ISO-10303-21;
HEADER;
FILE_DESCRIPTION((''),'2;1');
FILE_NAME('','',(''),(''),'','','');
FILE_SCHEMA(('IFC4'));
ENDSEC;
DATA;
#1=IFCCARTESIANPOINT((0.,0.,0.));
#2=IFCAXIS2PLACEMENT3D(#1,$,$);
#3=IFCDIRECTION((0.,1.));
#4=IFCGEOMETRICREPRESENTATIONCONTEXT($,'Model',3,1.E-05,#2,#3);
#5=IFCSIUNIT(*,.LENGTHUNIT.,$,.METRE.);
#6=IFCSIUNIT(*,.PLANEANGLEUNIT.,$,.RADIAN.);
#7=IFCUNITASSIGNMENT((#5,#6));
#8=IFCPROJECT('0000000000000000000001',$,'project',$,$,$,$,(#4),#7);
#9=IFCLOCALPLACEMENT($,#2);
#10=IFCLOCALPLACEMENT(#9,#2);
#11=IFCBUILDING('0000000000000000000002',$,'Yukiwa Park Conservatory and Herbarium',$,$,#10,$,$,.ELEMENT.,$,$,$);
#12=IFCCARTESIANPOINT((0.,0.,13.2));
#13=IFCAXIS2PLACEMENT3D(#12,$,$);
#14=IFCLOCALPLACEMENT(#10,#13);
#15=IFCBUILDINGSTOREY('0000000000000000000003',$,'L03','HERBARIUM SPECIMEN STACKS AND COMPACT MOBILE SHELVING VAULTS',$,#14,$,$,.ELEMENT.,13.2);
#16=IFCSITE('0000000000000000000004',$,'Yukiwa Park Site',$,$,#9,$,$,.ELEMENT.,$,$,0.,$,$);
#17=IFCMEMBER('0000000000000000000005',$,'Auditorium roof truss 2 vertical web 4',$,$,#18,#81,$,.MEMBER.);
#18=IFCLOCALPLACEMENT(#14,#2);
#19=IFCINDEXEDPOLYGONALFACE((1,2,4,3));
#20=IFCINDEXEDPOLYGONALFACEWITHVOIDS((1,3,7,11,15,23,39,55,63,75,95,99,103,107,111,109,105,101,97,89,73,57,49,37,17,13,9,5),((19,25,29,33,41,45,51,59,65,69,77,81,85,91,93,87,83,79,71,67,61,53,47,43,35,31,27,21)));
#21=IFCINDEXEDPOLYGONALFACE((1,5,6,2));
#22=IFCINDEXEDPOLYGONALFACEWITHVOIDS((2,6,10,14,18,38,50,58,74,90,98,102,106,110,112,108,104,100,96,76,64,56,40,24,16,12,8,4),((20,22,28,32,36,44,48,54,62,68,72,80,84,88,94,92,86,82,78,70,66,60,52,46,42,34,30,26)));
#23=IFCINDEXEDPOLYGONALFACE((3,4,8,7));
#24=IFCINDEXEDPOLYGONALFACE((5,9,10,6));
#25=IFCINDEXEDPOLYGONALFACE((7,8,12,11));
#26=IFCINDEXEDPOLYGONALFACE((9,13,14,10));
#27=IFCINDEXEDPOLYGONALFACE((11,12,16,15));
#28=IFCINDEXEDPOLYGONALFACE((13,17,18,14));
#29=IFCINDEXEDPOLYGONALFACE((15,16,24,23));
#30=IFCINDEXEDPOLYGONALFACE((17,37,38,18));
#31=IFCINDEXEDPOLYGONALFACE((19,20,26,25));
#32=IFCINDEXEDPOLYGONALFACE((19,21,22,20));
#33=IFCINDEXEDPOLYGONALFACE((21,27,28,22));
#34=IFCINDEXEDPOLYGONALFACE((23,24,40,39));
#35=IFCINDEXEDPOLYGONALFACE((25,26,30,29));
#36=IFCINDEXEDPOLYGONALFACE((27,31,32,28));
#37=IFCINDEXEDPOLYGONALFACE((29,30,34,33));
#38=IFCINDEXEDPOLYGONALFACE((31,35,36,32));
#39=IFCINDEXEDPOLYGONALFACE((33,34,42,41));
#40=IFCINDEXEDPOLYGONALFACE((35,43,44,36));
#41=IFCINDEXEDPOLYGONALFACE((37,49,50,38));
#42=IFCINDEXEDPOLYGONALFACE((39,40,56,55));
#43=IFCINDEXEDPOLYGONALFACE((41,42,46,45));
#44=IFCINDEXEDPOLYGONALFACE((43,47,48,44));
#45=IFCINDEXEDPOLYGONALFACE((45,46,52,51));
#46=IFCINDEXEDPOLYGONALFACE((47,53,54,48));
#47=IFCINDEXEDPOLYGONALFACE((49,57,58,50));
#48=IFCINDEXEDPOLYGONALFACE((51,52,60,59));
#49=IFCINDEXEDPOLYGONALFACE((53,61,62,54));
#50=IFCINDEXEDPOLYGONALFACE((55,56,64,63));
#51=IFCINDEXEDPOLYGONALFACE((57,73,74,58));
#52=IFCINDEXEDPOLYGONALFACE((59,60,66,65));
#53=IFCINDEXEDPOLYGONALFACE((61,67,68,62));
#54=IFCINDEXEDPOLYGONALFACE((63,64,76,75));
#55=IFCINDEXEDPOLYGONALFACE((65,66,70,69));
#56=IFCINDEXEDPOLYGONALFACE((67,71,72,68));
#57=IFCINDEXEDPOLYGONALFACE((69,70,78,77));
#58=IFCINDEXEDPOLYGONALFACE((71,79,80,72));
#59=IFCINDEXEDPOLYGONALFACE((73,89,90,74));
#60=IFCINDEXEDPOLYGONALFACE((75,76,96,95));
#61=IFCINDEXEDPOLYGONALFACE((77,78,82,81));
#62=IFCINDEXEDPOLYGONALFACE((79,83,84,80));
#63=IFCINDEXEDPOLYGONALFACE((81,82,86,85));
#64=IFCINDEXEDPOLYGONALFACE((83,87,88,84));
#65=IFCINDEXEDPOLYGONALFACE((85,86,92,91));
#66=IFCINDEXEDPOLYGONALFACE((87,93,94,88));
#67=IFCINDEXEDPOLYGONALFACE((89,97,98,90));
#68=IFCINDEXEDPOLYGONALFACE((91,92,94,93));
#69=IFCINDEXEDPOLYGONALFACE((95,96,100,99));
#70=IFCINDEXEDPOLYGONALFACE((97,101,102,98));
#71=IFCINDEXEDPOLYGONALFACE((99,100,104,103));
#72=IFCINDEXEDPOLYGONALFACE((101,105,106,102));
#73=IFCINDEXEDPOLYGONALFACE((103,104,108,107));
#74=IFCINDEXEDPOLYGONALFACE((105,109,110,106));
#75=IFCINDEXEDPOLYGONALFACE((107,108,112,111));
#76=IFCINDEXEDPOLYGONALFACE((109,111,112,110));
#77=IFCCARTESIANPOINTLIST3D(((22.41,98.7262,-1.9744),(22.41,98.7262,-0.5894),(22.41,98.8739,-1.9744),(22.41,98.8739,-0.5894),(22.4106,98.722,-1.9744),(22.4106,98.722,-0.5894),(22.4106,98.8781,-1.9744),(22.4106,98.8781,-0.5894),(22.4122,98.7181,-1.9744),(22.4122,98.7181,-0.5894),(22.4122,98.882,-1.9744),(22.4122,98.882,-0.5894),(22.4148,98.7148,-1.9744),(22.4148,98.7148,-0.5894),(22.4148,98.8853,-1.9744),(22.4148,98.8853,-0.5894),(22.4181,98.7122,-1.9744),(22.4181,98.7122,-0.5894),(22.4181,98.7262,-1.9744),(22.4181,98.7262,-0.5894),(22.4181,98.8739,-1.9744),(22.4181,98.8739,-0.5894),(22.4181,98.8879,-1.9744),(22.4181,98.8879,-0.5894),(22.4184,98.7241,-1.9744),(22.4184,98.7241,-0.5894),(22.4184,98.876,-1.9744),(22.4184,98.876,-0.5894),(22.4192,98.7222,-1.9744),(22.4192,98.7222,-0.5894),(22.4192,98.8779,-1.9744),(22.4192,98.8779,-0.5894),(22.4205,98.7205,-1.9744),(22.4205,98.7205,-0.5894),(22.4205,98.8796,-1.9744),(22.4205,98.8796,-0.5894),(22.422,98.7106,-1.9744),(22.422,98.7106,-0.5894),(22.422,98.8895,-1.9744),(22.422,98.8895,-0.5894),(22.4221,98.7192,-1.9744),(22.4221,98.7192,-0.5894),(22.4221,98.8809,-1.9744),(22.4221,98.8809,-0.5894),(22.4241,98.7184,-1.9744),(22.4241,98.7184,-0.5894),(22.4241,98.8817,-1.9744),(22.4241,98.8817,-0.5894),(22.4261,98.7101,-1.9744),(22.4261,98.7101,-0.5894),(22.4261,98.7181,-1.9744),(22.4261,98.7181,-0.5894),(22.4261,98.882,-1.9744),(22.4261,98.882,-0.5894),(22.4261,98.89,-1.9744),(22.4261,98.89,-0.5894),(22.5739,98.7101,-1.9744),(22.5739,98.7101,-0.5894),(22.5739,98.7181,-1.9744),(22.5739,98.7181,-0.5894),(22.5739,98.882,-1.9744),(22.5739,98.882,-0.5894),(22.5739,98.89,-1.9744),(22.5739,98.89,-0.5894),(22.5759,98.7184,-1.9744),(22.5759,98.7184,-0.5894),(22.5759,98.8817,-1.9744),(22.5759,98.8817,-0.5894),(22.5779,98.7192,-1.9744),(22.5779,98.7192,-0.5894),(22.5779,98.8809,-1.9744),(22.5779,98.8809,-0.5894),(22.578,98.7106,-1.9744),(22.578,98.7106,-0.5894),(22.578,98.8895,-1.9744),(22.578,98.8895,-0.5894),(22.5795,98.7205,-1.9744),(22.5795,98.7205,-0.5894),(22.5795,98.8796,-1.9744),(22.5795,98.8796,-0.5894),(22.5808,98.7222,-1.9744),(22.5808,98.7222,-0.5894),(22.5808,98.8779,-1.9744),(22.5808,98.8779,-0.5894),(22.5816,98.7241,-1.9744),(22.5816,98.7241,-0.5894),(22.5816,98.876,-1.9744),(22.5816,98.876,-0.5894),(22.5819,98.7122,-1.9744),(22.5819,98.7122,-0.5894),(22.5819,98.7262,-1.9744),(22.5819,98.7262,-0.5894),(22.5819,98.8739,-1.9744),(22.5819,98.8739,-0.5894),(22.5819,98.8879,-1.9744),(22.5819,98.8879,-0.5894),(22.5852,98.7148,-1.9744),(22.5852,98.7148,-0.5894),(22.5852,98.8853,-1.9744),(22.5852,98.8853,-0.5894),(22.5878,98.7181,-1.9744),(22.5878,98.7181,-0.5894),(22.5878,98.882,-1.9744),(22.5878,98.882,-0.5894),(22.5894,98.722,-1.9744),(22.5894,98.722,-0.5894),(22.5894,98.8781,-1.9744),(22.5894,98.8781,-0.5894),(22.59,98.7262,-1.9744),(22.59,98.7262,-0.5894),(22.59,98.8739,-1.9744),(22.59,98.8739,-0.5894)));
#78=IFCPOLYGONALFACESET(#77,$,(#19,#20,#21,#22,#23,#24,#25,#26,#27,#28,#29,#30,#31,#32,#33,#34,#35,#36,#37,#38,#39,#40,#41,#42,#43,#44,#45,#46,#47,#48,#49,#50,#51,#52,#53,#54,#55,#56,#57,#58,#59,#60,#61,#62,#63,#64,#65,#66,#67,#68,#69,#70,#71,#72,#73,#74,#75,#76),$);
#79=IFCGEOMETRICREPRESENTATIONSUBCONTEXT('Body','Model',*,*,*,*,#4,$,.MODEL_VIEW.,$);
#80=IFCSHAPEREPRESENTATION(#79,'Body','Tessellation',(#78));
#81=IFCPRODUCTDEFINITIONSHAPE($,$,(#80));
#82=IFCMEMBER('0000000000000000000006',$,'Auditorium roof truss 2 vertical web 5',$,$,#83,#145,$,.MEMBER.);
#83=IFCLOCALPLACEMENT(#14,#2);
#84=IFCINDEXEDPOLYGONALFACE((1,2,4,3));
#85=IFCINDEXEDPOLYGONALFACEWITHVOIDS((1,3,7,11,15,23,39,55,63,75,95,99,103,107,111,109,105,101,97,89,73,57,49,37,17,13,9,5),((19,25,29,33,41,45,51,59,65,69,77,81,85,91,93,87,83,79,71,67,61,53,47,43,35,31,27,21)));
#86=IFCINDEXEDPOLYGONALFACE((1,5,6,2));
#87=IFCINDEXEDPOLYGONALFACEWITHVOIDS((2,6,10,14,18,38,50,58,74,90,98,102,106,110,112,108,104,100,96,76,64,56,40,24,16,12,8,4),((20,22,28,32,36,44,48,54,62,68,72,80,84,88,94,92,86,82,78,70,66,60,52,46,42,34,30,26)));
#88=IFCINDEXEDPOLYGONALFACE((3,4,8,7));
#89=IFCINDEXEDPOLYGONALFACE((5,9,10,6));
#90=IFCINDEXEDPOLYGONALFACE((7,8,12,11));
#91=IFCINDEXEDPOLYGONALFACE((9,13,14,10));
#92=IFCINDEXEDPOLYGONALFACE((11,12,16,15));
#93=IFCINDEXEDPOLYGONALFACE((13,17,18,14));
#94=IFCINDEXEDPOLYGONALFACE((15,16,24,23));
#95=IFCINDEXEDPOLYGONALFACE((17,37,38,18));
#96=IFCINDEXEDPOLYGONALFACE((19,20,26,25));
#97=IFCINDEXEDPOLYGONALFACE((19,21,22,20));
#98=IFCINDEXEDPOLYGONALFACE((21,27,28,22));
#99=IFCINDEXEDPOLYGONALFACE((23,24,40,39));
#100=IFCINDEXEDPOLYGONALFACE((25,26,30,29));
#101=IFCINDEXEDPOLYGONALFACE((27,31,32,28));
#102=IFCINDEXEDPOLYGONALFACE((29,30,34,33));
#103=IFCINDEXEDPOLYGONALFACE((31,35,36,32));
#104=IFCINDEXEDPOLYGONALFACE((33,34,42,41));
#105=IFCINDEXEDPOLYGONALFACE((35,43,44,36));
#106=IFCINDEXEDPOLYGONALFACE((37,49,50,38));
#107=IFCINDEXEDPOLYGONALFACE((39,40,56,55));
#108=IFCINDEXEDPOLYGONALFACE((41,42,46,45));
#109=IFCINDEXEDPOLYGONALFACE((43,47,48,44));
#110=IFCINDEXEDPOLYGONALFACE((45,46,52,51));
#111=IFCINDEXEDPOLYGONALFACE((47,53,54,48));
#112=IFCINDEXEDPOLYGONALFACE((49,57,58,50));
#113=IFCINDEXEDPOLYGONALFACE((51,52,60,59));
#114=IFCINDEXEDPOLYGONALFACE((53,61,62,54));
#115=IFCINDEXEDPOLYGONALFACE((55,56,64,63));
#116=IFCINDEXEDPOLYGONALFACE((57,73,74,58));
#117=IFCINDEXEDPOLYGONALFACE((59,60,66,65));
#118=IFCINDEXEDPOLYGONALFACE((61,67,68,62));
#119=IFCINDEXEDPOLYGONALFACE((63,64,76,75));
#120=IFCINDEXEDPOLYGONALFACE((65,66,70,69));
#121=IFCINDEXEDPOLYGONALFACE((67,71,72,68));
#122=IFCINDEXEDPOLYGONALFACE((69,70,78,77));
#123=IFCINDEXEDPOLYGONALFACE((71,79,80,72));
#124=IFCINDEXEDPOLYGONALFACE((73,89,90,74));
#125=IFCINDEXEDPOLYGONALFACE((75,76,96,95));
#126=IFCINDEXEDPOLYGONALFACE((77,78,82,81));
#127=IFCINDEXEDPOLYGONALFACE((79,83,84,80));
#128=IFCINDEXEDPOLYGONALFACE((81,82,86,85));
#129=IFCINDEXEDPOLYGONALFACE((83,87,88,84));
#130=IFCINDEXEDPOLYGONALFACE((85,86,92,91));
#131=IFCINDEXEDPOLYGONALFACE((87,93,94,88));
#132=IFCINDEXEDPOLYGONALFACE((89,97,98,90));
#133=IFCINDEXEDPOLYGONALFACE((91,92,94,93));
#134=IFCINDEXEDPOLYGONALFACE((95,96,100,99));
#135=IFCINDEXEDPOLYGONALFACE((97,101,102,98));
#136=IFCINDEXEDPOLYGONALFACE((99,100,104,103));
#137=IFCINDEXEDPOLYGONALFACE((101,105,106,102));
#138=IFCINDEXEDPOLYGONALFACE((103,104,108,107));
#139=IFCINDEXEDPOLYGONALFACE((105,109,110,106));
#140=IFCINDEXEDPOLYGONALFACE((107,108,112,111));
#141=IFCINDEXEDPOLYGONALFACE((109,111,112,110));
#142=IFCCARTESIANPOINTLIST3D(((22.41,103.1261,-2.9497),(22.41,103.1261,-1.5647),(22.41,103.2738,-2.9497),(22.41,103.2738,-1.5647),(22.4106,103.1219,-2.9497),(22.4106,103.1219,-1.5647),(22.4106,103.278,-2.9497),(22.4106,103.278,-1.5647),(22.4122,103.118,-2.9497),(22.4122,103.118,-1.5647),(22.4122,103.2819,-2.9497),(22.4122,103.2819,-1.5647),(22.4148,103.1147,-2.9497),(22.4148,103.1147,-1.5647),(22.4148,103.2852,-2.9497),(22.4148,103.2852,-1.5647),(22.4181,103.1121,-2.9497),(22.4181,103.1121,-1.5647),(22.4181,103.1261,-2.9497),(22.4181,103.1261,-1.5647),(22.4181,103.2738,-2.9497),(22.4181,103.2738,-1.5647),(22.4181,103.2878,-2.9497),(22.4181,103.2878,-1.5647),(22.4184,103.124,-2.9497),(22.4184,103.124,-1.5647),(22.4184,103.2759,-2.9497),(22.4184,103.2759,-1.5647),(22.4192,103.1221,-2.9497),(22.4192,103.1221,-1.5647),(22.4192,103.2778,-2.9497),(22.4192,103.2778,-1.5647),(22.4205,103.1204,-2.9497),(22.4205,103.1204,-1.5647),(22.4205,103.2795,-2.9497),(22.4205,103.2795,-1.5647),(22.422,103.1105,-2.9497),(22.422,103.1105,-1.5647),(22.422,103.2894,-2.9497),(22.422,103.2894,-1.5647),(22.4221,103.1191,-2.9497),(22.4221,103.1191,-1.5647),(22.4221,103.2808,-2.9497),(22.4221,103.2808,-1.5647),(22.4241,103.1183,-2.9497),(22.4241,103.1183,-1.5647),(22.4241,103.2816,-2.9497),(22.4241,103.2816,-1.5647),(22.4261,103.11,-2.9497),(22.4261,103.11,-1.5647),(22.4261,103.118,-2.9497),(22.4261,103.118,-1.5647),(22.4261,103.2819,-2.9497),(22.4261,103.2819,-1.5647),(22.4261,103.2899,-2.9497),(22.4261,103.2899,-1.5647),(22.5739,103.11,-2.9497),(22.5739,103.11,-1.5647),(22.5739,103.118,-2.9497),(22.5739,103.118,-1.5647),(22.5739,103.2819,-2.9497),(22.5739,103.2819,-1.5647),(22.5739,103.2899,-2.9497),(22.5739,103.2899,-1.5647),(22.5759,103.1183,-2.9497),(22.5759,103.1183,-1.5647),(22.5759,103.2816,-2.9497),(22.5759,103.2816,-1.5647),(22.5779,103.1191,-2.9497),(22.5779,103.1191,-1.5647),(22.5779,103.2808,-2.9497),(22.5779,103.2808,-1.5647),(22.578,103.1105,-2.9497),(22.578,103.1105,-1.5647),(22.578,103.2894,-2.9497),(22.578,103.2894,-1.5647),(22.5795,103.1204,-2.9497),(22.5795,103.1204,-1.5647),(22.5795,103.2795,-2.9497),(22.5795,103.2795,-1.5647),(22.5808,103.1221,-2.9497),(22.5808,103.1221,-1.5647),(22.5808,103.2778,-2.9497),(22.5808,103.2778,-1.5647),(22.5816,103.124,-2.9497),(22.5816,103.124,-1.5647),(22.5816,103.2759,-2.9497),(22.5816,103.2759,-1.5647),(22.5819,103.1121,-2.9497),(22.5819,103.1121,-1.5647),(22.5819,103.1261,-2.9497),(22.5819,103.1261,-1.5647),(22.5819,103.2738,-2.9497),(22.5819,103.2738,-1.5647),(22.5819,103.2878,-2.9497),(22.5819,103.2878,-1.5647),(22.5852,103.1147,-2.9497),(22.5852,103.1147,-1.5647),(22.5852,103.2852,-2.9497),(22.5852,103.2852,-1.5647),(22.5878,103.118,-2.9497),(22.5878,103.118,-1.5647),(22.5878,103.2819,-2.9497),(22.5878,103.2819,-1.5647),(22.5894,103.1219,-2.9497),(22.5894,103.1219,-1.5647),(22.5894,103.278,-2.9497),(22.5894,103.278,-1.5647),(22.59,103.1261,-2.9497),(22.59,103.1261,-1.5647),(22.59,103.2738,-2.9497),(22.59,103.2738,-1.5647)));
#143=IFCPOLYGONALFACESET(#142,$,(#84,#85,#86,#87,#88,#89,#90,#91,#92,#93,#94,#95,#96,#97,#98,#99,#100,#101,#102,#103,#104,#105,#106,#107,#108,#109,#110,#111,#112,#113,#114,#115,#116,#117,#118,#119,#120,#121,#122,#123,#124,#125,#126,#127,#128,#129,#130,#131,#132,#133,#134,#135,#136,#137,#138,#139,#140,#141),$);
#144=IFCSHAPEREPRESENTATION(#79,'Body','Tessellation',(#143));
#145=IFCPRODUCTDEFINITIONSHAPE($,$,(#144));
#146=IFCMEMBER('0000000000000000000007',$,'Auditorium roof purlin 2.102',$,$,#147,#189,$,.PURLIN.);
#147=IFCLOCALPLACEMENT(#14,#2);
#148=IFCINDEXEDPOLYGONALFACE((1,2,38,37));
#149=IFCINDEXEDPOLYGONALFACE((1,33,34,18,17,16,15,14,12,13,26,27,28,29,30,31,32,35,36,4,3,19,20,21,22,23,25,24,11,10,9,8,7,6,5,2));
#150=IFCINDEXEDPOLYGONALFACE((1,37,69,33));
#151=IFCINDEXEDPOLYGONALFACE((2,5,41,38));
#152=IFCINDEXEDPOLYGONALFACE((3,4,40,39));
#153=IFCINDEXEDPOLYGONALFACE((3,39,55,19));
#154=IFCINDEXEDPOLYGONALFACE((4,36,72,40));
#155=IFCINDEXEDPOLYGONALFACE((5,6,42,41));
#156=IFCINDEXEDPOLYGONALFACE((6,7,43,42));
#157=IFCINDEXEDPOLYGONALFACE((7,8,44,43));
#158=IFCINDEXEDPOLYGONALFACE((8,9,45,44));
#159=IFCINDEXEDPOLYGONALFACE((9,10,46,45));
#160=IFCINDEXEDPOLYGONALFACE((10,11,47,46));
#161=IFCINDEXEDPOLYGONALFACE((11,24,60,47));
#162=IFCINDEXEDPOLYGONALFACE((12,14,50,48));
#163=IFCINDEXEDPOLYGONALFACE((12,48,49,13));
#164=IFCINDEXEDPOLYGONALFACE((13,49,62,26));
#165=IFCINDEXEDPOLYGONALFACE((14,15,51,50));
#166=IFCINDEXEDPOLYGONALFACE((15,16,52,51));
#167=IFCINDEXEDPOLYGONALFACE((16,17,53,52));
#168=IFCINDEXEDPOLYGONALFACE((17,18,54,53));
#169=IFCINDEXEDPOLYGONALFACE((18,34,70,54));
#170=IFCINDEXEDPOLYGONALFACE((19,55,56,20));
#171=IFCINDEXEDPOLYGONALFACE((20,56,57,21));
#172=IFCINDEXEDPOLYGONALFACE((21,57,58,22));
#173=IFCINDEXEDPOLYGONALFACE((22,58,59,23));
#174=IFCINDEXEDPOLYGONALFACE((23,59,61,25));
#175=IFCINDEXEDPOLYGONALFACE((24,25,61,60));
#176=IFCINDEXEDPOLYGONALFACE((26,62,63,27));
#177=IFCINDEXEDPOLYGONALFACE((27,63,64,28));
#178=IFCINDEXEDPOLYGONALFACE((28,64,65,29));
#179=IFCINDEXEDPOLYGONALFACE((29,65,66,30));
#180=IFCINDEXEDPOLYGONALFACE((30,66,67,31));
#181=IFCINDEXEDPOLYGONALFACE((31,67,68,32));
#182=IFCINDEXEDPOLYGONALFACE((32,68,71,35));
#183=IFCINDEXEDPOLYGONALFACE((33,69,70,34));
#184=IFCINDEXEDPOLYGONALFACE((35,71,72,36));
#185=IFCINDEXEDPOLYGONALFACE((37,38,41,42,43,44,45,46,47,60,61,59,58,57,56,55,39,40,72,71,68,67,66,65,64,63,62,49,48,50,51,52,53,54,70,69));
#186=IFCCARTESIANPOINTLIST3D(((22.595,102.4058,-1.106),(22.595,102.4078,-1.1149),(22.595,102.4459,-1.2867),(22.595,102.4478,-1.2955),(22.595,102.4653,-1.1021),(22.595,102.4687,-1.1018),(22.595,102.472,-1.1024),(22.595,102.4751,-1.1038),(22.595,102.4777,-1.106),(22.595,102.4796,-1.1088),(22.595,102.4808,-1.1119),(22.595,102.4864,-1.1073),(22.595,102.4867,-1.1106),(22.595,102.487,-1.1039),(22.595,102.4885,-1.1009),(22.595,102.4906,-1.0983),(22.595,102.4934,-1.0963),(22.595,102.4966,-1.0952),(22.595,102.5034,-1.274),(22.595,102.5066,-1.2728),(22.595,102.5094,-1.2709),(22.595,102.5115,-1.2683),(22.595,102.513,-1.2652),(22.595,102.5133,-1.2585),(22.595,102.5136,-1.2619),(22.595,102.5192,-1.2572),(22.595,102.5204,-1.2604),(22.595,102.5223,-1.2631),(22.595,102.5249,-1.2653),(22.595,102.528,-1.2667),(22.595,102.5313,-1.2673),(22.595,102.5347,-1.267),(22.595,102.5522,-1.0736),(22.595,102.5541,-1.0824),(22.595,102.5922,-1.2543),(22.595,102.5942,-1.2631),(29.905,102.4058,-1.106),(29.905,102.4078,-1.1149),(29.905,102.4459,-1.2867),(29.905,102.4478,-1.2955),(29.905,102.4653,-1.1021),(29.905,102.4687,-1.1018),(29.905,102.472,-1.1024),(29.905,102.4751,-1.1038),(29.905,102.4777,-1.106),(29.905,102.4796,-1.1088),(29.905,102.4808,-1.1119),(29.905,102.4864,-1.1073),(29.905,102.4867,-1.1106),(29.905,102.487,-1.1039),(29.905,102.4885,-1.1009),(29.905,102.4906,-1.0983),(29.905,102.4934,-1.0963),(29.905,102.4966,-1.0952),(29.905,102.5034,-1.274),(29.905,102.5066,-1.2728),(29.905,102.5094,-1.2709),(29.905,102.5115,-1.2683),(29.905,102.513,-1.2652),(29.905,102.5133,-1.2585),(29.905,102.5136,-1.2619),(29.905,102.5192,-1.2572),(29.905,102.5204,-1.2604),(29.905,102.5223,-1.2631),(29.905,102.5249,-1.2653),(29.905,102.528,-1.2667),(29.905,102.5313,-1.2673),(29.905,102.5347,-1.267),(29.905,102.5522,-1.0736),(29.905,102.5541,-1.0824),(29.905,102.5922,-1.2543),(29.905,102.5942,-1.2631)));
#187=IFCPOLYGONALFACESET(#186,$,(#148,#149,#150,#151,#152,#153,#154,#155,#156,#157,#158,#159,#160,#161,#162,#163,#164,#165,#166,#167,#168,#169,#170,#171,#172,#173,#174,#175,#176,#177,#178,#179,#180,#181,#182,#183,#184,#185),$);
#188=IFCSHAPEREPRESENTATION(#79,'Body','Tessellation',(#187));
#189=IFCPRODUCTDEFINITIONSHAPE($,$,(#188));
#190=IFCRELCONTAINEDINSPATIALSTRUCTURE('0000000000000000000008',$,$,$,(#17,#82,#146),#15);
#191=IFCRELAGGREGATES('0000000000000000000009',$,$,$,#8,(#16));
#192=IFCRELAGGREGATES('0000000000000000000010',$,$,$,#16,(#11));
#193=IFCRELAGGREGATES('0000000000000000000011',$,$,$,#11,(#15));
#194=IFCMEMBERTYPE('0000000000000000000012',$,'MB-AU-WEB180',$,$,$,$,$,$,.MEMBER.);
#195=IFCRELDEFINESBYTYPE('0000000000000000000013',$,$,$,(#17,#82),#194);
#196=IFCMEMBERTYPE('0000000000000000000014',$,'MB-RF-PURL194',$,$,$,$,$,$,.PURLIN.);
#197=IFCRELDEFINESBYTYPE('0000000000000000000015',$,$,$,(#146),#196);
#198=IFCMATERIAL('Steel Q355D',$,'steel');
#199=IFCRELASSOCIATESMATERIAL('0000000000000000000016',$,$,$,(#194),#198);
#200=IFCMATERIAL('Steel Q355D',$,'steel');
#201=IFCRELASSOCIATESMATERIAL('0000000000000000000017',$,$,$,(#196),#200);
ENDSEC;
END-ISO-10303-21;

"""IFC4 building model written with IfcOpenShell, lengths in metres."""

from ifc_helpers import new_model, si_unit, direction, frame, origin, origin_2d, place, context, subcontext, project, spatial, hollow_rectangle, i_section, extrude, material, material_profile, profile_set, type_object, element, save


model = new_model("IFC4")

# Units and contexts
model_context = context("Model", 3, precision=1e-05, world=origin(), true_north=direction((0.0, 1.0)))
body_context = subcontext(model_context, "Body", "Model", "MODEL_VIEW")
ifc_project = project(units=[si_unit("LENGTHUNIT", "METRE"), si_unit("PLANEANGLEUNIT", "RADIAN")], contexts=[model_context])

# Site, building, storey
site_placement = place(None, origin())
site = spatial("IfcSite", under=ifc_project, at=site_placement, Name="Yukiwa Park Site", CompositionType="ELEMENT", RefElevation=0.0)
building_placement = place(site_placement, origin())
building = spatial("IfcBuilding", under=site, at=building_placement, Name="Yukiwa Park Conservatory and Herbarium", CompositionType="ELEMENT")
storey_placement = place(building_placement, frame((0.0, 0.0, 13.2)))
storey = spatial("IfcBuildingStorey", under=building, at=storey_placement, Name="L03", Description="HERBARIUM SPECIMEN STACKS AND COMPACT MOBILE SHELVING VAULTS", CompositionType="ELEMENT", Elevation=13.2)

# Members
ifc_material_1 = material(Name="Steel Q355D", Category="steel")
ifc_material_profile_1 = material_profile(ifc_material_1, hollow_rectangle(XDim=0.1799, YDim=0.1799, WallThickness=0.0081, InnerFilletRadius=0.0081, OuterFilletRadius=0.0161, at=origin_2d()), Name="SHS 180x180x8")
ifc_profile_set_1 = profile_set([ifc_material_profile_1], Name="Steel Q355D")
member_type_1 = type_object("IfcMemberType", Name="MB-AU-WEB180", PredefinedType="MEMBER", material=ifc_profile_set_1)
for number, where, z_axis, x_axis, name in (
    (1, (22.5, 98.8, -1.9744), (0.0, 0.0, 1.0), (1.0, 0.0, 0.0), "Auditorium roof truss 2 vertical web 4"),
    (2, (22.5, 103.2, -2.9497), (0.0, 0.0, 1.0), (1.0, 0.0, 0.0), "Auditorium roof truss 2 vertical web 5"),
):
    element("IfcMember", number, at=place(storey_placement, frame(where, z_axis=z_axis, x_axis=x_axis)), inside=storey, type_object=member_type_1, Name=name, PredefinedType="MEMBER", context=body_context, shape_type="SweptSolid", body=[
        extrude(hollow_rectangle(XDim=0.1799, YDim=0.1799, WallThickness=0.0081, InnerFilletRadius=0.0081, OuterFilletRadius=0.0161, at=origin_2d()), origin(), (0.0, 0.0, 1.0), 1.385),
    ])
ifc_material_2 = material(Name="Steel Q355D", Category="steel")
ifc_material_profile_2 = material_profile(ifc_material_2, i_section(OverallWidth=0.1499, OverallDepth=0.1941, WebThickness=0.0061, FlangeThickness=0.009, FilletRadius=0.0129, at=origin_2d()), Name="HM 194x150x6x9")
ifc_profile_set_2 = profile_set([ifc_material_profile_2], Name="Steel Q355D")
member_type_2 = type_object("IfcMemberType", Name="MB-RF-PURL194", PredefinedType="PURLIN", material=ifc_profile_set_2)
for number, where, z_axis, x_axis, name in (
    (3, (22.595, 102.5, -1.1846), (1.0, 0.0, 0.0), (0.0, 0.976296, 0.21644), "Auditorium roof purlin 2.102"),
):
    element("IfcMember", number, at=place(storey_placement, frame(where, z_axis=z_axis, x_axis=x_axis)), inside=storey, type_object=member_type_2, Name=name, PredefinedType="PURLIN", context=body_context, shape_type="SweptSolid", body=[
        extrude(i_section(OverallWidth=0.1499, OverallDepth=0.1941, WebThickness=0.0061, FlangeThickness=0.009, FilletRadius=0.0129, at=origin_2d()), origin(), (0.0, 0.0, 1.0), 7.3101),
    ])

save(model, "model.ifc")
